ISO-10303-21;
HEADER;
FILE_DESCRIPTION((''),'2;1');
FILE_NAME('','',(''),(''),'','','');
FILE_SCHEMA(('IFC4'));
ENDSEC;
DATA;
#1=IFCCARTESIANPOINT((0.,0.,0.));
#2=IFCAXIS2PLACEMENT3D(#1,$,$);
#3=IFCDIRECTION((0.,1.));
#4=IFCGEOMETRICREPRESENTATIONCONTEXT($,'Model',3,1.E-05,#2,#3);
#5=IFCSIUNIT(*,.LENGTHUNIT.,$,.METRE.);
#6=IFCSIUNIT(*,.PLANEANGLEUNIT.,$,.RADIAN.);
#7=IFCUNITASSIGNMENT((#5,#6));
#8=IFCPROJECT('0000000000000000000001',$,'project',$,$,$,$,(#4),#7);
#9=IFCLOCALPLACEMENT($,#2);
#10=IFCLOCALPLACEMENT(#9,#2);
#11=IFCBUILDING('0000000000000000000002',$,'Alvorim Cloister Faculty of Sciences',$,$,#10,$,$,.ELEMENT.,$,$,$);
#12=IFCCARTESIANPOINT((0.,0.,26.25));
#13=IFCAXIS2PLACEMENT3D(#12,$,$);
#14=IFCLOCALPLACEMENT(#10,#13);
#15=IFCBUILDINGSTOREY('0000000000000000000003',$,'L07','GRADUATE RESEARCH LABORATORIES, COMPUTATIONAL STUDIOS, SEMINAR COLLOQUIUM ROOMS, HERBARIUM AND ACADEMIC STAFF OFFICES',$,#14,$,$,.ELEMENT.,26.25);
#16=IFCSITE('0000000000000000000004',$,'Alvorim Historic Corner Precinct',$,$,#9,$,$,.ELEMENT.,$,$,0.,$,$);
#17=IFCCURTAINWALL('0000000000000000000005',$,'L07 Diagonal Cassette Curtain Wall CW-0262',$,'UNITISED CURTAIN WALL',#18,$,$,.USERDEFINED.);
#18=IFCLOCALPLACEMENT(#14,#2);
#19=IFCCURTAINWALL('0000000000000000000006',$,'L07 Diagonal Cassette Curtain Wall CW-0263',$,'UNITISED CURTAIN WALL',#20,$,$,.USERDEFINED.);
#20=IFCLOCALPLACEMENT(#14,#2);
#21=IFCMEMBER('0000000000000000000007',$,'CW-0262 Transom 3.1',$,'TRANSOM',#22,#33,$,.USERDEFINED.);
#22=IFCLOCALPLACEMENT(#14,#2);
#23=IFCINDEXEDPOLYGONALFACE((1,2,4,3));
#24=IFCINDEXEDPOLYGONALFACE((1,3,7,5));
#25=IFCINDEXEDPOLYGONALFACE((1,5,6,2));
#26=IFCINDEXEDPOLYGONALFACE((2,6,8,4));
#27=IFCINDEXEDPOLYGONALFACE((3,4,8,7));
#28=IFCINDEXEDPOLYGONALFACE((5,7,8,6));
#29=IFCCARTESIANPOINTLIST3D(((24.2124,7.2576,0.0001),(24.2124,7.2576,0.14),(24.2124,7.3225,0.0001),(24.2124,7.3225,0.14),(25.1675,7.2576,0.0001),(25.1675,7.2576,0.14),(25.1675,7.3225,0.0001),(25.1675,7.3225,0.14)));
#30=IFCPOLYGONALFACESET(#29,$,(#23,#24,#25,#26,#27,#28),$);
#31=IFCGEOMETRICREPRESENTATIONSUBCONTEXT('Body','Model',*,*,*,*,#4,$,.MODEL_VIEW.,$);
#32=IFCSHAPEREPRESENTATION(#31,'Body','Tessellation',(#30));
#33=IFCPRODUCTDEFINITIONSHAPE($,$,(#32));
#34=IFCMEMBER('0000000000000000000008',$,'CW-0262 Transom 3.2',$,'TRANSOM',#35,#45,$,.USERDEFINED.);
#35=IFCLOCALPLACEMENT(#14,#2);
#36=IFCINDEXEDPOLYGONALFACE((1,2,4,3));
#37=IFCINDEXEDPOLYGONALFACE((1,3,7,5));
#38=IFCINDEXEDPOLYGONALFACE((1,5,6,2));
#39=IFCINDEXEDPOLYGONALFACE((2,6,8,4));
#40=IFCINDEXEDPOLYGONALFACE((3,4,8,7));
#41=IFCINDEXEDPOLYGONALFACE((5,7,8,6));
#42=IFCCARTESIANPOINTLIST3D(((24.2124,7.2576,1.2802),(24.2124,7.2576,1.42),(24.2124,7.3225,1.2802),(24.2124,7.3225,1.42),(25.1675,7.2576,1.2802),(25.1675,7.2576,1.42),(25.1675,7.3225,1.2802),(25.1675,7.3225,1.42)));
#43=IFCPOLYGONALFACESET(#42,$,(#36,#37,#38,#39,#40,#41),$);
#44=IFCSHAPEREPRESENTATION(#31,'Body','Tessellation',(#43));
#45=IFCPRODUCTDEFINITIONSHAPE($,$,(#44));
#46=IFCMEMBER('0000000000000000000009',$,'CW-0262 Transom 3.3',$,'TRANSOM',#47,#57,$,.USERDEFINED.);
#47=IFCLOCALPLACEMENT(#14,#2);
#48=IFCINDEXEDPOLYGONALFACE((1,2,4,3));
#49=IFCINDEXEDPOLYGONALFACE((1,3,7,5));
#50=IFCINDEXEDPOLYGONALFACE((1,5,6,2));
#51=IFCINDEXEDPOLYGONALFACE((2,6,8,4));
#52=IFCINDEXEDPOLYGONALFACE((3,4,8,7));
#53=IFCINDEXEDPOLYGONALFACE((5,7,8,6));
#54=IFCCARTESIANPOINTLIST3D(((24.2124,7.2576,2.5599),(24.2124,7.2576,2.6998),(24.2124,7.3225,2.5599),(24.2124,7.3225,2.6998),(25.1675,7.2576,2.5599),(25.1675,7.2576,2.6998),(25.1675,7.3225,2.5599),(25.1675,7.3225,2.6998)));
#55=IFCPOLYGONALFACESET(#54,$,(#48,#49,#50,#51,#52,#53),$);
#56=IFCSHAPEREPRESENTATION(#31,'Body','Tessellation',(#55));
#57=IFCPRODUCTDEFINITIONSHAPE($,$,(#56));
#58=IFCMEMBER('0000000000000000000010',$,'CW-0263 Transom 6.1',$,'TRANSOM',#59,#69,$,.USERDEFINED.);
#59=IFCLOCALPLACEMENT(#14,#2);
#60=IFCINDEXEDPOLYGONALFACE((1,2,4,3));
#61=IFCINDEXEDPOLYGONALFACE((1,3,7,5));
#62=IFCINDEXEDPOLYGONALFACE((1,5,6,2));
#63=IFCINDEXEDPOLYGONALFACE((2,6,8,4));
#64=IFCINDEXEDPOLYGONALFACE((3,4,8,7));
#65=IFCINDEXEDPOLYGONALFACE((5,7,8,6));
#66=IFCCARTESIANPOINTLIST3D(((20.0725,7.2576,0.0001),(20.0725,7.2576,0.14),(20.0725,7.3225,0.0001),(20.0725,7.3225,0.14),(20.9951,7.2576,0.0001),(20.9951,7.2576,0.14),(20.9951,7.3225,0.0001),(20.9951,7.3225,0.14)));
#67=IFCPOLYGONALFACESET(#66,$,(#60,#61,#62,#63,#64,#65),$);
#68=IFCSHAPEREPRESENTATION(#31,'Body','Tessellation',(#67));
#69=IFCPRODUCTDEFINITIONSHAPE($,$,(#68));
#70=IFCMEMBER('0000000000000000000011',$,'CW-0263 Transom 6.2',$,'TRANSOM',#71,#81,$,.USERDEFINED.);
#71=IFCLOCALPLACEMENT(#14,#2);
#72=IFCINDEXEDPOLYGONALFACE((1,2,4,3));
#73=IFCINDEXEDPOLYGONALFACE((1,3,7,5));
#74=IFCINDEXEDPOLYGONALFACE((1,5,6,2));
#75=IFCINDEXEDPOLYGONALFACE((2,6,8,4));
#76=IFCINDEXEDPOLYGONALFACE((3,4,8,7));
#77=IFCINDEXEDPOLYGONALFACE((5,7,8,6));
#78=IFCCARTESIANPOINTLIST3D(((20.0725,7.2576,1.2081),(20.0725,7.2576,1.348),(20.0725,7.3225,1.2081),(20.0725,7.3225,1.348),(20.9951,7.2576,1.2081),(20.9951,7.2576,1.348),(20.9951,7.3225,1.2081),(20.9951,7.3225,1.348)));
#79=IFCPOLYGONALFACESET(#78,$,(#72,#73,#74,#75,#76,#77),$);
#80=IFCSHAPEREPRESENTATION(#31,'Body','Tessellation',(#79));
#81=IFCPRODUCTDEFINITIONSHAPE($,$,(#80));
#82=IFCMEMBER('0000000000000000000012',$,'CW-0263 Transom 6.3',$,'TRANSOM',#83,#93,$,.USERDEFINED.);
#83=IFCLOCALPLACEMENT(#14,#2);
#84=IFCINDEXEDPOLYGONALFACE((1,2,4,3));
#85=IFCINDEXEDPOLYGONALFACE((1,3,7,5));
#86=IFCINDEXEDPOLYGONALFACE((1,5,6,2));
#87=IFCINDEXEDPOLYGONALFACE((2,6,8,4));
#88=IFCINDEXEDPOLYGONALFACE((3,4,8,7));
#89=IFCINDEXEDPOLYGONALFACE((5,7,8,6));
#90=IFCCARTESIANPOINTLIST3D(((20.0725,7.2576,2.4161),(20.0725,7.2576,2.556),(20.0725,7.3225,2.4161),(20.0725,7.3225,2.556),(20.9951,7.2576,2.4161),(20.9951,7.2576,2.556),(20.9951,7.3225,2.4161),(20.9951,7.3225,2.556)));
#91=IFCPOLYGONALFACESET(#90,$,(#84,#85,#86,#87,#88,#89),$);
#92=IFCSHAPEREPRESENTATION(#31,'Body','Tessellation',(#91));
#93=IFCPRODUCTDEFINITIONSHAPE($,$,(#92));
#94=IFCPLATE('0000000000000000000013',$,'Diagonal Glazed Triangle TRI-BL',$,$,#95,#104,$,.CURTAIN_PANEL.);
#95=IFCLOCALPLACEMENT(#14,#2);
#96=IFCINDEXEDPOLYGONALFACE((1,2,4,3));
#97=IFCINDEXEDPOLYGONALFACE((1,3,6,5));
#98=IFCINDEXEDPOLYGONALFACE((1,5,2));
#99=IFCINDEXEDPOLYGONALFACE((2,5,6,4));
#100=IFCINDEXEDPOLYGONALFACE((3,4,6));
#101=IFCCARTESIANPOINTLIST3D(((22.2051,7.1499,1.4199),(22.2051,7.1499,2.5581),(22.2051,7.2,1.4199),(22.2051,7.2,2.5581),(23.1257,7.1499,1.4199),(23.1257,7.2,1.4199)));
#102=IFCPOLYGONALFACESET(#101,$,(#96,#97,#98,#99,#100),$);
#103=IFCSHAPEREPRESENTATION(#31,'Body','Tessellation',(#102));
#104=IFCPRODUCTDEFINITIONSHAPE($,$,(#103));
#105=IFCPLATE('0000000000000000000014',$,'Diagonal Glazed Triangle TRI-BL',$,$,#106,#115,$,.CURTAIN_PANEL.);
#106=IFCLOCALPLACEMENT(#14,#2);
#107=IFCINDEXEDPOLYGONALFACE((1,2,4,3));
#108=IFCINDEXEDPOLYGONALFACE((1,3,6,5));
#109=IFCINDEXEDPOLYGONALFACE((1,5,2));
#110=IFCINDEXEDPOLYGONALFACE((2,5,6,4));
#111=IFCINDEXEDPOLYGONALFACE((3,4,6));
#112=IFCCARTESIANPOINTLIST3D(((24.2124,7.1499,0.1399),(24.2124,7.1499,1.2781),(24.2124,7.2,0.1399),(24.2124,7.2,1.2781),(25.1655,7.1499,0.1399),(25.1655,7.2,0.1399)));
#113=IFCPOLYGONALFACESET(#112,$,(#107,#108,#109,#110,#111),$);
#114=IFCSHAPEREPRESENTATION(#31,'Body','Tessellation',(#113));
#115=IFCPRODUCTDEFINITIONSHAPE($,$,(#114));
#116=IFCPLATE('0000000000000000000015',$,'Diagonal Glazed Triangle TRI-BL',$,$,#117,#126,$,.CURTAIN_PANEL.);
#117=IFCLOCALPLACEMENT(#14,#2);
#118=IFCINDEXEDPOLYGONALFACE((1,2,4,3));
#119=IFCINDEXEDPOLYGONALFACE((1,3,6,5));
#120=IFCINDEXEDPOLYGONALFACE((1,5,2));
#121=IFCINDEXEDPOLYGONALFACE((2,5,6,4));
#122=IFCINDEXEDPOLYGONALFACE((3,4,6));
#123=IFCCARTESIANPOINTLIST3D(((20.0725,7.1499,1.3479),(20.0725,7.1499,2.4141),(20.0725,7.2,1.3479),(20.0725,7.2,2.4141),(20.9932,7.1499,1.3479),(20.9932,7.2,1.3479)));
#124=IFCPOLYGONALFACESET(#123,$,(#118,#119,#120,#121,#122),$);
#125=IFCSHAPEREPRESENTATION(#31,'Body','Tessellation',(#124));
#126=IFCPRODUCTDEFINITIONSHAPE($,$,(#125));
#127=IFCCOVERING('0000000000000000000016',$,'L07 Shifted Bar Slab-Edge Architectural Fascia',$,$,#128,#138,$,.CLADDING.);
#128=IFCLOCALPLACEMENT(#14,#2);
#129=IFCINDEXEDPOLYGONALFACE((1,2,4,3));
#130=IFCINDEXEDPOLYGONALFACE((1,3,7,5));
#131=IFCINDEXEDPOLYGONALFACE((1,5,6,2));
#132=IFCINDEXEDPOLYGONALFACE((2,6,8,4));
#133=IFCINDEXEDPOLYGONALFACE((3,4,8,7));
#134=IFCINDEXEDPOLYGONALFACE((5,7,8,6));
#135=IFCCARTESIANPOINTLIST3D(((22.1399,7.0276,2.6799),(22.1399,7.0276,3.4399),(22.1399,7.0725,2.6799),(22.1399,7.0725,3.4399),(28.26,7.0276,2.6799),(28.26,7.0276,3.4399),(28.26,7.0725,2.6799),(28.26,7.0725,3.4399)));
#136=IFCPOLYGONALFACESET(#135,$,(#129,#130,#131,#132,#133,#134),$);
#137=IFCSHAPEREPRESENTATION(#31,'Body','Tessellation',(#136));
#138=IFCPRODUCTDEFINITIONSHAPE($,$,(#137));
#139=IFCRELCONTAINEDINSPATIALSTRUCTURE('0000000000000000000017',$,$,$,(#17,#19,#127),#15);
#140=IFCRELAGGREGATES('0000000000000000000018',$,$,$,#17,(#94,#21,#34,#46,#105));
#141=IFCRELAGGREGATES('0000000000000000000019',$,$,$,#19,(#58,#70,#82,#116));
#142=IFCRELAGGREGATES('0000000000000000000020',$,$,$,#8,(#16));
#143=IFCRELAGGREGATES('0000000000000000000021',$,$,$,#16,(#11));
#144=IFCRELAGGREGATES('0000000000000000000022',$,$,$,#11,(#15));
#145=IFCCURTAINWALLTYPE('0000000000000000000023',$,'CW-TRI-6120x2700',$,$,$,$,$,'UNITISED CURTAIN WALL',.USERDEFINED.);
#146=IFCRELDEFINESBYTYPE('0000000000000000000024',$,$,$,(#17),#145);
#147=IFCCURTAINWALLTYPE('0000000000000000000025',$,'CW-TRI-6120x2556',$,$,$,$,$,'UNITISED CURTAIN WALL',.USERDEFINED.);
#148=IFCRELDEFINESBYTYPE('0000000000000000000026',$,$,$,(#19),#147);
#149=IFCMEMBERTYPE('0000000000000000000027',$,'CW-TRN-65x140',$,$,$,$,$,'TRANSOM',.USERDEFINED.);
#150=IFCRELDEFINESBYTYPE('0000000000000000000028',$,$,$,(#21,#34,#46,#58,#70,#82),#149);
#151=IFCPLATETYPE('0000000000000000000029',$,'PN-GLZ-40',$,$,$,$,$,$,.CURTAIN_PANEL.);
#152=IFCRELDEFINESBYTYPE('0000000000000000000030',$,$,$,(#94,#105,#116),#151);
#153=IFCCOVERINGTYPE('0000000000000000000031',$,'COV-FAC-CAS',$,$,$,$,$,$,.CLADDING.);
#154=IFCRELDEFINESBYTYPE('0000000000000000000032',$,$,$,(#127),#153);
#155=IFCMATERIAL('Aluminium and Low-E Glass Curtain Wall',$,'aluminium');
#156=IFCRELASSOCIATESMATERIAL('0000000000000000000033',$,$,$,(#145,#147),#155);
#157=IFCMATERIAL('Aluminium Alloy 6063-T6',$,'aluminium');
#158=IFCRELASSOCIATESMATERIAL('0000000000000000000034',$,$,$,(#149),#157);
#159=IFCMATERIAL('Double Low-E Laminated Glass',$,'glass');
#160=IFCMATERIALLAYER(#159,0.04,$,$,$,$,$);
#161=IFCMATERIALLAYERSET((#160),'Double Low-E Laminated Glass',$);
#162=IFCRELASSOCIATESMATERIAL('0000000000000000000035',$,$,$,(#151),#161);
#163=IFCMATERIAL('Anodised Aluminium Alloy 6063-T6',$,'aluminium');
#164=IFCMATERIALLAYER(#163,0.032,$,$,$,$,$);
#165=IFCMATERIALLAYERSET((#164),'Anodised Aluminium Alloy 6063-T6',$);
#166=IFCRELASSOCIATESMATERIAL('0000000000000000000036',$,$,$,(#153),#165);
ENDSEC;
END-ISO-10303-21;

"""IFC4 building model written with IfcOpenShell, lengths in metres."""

from ifc_helpers import new_model, si_unit, direction, frame, origin, origin_2d, place, context, subcontext, project, spatial, polyline, rectangle, outline, extrude, material, layer, layer_set, material_profile, profile_set, type_object, element, aggregate, save


model = new_model("IFC4")

# Units and contexts
model_context = context("Model", 3, precision=1e-05, world=origin(), true_north=direction((0.0, 1.0)))
body_context = subcontext(model_context, "Body", "Model", "MODEL_VIEW")
ifc_project = project(units=[si_unit("LENGTHUNIT", "METRE"), si_unit("PLANEANGLEUNIT", "RADIAN")], contexts=[model_context])

# Site, building, storey
site_placement = place(None, origin())
site = spatial("IfcSite", under=ifc_project, at=site_placement, Name="Alvorim Historic Corner Precinct", CompositionType="ELEMENT", RefElevation=0.0)
building_placement = place(site_placement, origin())
building = spatial("IfcBuilding", under=site, at=building_placement, Name="Alvorim Cloister Faculty of Sciences", CompositionType="ELEMENT")
storey_placement = place(building_placement, frame((0.0, 0.0, 26.25)))
storey = spatial("IfcBuildingStorey", under=building, at=storey_placement, Name="L07", Description="GRADUATE RESEARCH LABORATORIES, COMPUTATIONAL STUDIOS, SEMINAR COLLOQUIUM ROOMS, HERBARIUM AND ACADEMIC STAFF OFFICES", CompositionType="ELEMENT", Elevation=26.25)

# Curtain wall
ifc_material_1 = material(Name="Aluminium and Low-E Glass Curtain Wall", Category="aluminium")
curtain_wall_type_1 = type_object("IfcCurtainWallType", Name="CW-TRI-6120x2700", ElementType="UNITISED CURTAIN WALL", PredefinedType="USERDEFINED", material=ifc_material_1)
curtain_wall_1_placement = place(storey_placement, origin())
curtain_wall_1 = element("IfcCurtainWall", 1, at=curtain_wall_1_placement, inside=storey, type_object=curtain_wall_type_1, Name="L07 Diagonal Cassette Curtain Wall CW-0262", ObjectType="UNITISED CURTAIN WALL", PredefinedType="USERDEFINED")
ifc_material_2 = material(Name="Aluminium Alloy 6063-T6", Category="aluminium")

# Curtain wall
curtain_wall_type_2 = type_object("IfcCurtainWallType", Name="CW-TRI-6120x2556", ElementType="UNITISED CURTAIN WALL", PredefinedType="USERDEFINED", material=ifc_material_1)
curtain_wall_2_placement = place(storey_placement, origin())
curtain_wall_2 = element("IfcCurtainWall", 2, at=curtain_wall_2_placement, inside=storey, type_object=curtain_wall_type_2, Name="L07 Diagonal Cassette Curtain Wall CW-0263", ObjectType="UNITISED CURTAIN WALL", PredefinedType="USERDEFINED")

# Members
ifc_material_profile_1 = material_profile(ifc_material_2, rectangle(XDim=0.0649, YDim=0.1399, at=origin_2d()), Name="ALU-TRN-65x140")
ifc_profile_set_1 = profile_set([ifc_material_profile_1], Name="Aluminium Alloy 6063-T6")
member_type_1 = type_object("IfcMemberType", Name="CW-TRN-65x140", ElementType="TRANSOM", PredefinedType="USERDEFINED", material=ifc_profile_set_1)
member_1_placement = place(storey_placement, frame((24.2124, 7.29, 0.0701), z_axis=(1.0, 0.0, 0.0), x_axis=(0.0, 1.0, 0.0)))
member_1 = element("IfcMember", 3, at=member_1_placement, type_object=member_type_1, Name="CW-0262 Transom 3.1", ObjectType="TRANSOM", PredefinedType="USERDEFINED", context=body_context, shape_type="SweptSolid", body=[
    extrude(rectangle(XDim=0.0649, YDim=0.1399, at=origin_2d()), origin(), (0.0, 0.0, 1.0), 0.9551),
])
member_2_placement = place(storey_placement, frame((24.2124, 7.29, 1.3501), z_axis=(1.0, 0.0, 0.0), x_axis=(0.0, 1.0, 0.0)))
member_2 = element("IfcMember", 4, at=member_2_placement, type_object=member_type_1, Name="CW-0262 Transom 3.2", ObjectType="TRANSOM", PredefinedType="USERDEFINED", context=body_context, shape_type="SweptSolid", body=[
    extrude(rectangle(XDim=0.0649, YDim=0.1399, at=origin_2d()), origin(), (0.0, 0.0, 1.0), 0.9551),
])
member_3_placement = place(storey_placement, frame((24.2124, 7.29, 2.6299), z_axis=(1.0, 0.0, 0.0), x_axis=(0.0, 1.0, 0.0)))
member_3 = element("IfcMember", 5, at=member_3_placement, type_object=member_type_1, Name="CW-0262 Transom 3.3", ObjectType="TRANSOM", PredefinedType="USERDEFINED", context=body_context, shape_type="SweptSolid", body=[
    extrude(rectangle(XDim=0.0649, YDim=0.1399, at=origin_2d()), origin(), (0.0, 0.0, 1.0), 0.9551),
])
member_4_placement = place(storey_placement, frame((20.0725, 7.29, 0.0701), z_axis=(1.0, 0.0, 0.0), x_axis=(0.0, 1.0, 0.0)))
member_4 = element("IfcMember", 6, at=member_4_placement, type_object=member_type_1, Name="CW-0263 Transom 6.1", ObjectType="TRANSOM", PredefinedType="USERDEFINED", context=body_context, shape_type="SweptSolid", body=[
    extrude(rectangle(XDim=0.0649, YDim=0.1399, at=origin_2d()), origin(), (0.0, 0.0, 1.0), 0.9226),
])
member_5_placement = place(storey_placement, frame((20.0725, 7.29, 1.2781), z_axis=(1.0, 0.0, 0.0), x_axis=(0.0, 1.0, 0.0)))
member_5 = element("IfcMember", 7, at=member_5_placement, type_object=member_type_1, Name="CW-0263 Transom 6.2", ObjectType="TRANSOM", PredefinedType="USERDEFINED", context=body_context, shape_type="SweptSolid", body=[
    extrude(rectangle(XDim=0.0649, YDim=0.1399, at=origin_2d()), origin(), (0.0, 0.0, 1.0), 0.9226),
])
member_6_placement = place(storey_placement, frame((20.0725, 7.29, 2.4861), z_axis=(1.0, 0.0, 0.0), x_axis=(0.0, 1.0, 0.0)))
member_6 = element("IfcMember", 8, at=member_6_placement, type_object=member_type_1, Name="CW-0263 Transom 6.3", ObjectType="TRANSOM", PredefinedType="USERDEFINED", context=body_context, shape_type="SweptSolid", body=[
    extrude(rectangle(XDim=0.0649, YDim=0.1399, at=origin_2d()), origin(), (0.0, 0.0, 1.0), 0.9226),
])

# Plates
ifc_material_3 = material(Name="Double Low-E Laminated Glass", Category="glass")
ifc_layer_1 = layer(ifc_material_3, 0.04)
ifc_layer_set_1 = layer_set([ifc_layer_1], Name="Double Low-E Laminated Glass")
plate_type = type_object("IfcPlateType", Name="PN-GLZ-40", PredefinedType="CURTAIN_PANEL", material=ifc_layer_set_1)
plate_1_placement = place(storey_placement, frame((22.2051, 7.175, 1.4199), z_axis=(0.0, 0.0, 1.0), x_axis=(1.0, 0.0, 0.0)))
plate_1 = element("IfcPlate", 9, at=plate_1_placement, type_object=plate_type, Name="Diagonal Glazed Triangle TRI-BL", PredefinedType="CURTAIN_PANEL", context=body_context, shape_type="SweptSolid", body=[
    extrude(outline(polyline([(0.0, 0.0), (0.9207, 0.0), (0.0, 1.1382), (0.0, 0.0)])), frame((0.0, 0.0249, 0.0), z_axis=(0.0, -1.0, 0.0), x_axis=(1.0, 0.0, 0.0)), (0.0, 0.0, 1.0), 0.05),
])
plate_2_placement = place(storey_placement, frame((24.2124, 7.175, 0.1399), z_axis=(0.0, 0.0, 1.0), x_axis=(1.0, 0.0, 0.0)))
plate_2 = element("IfcPlate", 10, at=plate_2_placement, type_object=plate_type, Name="Diagonal Glazed Triangle TRI-BL", PredefinedType="CURTAIN_PANEL", context=body_context, shape_type="SweptSolid", body=[
    extrude(outline(polyline([(0.0, 0.0), (0.9531, 0.0), (0.0, 1.1382), (0.0, 0.0)])), frame((0.0, 0.0249, 0.0), z_axis=(0.0, -1.0, 0.0), x_axis=(1.0, 0.0, 0.0)), (0.0, 0.0, 1.0), 0.05),
])
aggregate(curtain_wall_1, [plate_1, member_1, member_2, member_3, plate_2])
plate_3_placement = place(storey_placement, frame((20.0725, 7.175, 1.3479), z_axis=(0.0, 0.0, 1.0), x_axis=(1.0, 0.0, 0.0)))
plate_3 = element("IfcPlate", 11, at=plate_3_placement, type_object=plate_type, Name="Diagonal Glazed Triangle TRI-BL", PredefinedType="CURTAIN_PANEL", context=body_context, shape_type="SweptSolid", body=[
    extrude(outline(polyline([(0.0, 0.0), (0.9207, 0.0), (0.0, 1.0662), (0.0, 0.0)])), frame((0.0, 0.0249, 0.0), z_axis=(0.0, -1.0, 0.0), x_axis=(1.0, 0.0, 0.0)), (0.0, 0.0, 1.0), 0.05),
])
aggregate(curtain_wall_2, [member_4, member_5, member_6, plate_3])

# Covering
ifc_material_4 = material(Name="Anodised Aluminium Alloy 6063-T6", Category="aluminium")
ifc_layer_2 = layer(ifc_material_4, 0.032)
ifc_layer_set_2 = layer_set([ifc_layer_2], Name="Anodised Aluminium Alloy 6063-T6")
covering_type = type_object("IfcCoveringType", Name="COV-FAC-CAS", PredefinedType="CLADDING", material=ifc_layer_set_2)
covering_placement = place(storey_placement, frame((22.1399, 7.05, 2.6799), z_axis=(0.0, 0.0, 1.0), x_axis=(1.0, 0.0, 0.0)))
element("IfcCovering", 12, at=covering_placement, inside=storey, type_object=covering_type, Name="L07 Shifted Bar Slab-Edge Architectural Fascia", PredefinedType="CLADDING", context=body_context, shape_type="SweptSolid", body=[
    extrude(outline(polyline([(0.0, 0.0), (6.1201, 0.0), (6.1201, 0.76), (0.0, 0.76), (0.0, 0.0)])), frame((0.0, 0.0225, 0.0), z_axis=(0.0, -1.0, 0.0), x_axis=(1.0, 0.0, 0.0)), (0.0, 0.0, 1.0), 0.0449),
])

save(model, "model.ifc")
